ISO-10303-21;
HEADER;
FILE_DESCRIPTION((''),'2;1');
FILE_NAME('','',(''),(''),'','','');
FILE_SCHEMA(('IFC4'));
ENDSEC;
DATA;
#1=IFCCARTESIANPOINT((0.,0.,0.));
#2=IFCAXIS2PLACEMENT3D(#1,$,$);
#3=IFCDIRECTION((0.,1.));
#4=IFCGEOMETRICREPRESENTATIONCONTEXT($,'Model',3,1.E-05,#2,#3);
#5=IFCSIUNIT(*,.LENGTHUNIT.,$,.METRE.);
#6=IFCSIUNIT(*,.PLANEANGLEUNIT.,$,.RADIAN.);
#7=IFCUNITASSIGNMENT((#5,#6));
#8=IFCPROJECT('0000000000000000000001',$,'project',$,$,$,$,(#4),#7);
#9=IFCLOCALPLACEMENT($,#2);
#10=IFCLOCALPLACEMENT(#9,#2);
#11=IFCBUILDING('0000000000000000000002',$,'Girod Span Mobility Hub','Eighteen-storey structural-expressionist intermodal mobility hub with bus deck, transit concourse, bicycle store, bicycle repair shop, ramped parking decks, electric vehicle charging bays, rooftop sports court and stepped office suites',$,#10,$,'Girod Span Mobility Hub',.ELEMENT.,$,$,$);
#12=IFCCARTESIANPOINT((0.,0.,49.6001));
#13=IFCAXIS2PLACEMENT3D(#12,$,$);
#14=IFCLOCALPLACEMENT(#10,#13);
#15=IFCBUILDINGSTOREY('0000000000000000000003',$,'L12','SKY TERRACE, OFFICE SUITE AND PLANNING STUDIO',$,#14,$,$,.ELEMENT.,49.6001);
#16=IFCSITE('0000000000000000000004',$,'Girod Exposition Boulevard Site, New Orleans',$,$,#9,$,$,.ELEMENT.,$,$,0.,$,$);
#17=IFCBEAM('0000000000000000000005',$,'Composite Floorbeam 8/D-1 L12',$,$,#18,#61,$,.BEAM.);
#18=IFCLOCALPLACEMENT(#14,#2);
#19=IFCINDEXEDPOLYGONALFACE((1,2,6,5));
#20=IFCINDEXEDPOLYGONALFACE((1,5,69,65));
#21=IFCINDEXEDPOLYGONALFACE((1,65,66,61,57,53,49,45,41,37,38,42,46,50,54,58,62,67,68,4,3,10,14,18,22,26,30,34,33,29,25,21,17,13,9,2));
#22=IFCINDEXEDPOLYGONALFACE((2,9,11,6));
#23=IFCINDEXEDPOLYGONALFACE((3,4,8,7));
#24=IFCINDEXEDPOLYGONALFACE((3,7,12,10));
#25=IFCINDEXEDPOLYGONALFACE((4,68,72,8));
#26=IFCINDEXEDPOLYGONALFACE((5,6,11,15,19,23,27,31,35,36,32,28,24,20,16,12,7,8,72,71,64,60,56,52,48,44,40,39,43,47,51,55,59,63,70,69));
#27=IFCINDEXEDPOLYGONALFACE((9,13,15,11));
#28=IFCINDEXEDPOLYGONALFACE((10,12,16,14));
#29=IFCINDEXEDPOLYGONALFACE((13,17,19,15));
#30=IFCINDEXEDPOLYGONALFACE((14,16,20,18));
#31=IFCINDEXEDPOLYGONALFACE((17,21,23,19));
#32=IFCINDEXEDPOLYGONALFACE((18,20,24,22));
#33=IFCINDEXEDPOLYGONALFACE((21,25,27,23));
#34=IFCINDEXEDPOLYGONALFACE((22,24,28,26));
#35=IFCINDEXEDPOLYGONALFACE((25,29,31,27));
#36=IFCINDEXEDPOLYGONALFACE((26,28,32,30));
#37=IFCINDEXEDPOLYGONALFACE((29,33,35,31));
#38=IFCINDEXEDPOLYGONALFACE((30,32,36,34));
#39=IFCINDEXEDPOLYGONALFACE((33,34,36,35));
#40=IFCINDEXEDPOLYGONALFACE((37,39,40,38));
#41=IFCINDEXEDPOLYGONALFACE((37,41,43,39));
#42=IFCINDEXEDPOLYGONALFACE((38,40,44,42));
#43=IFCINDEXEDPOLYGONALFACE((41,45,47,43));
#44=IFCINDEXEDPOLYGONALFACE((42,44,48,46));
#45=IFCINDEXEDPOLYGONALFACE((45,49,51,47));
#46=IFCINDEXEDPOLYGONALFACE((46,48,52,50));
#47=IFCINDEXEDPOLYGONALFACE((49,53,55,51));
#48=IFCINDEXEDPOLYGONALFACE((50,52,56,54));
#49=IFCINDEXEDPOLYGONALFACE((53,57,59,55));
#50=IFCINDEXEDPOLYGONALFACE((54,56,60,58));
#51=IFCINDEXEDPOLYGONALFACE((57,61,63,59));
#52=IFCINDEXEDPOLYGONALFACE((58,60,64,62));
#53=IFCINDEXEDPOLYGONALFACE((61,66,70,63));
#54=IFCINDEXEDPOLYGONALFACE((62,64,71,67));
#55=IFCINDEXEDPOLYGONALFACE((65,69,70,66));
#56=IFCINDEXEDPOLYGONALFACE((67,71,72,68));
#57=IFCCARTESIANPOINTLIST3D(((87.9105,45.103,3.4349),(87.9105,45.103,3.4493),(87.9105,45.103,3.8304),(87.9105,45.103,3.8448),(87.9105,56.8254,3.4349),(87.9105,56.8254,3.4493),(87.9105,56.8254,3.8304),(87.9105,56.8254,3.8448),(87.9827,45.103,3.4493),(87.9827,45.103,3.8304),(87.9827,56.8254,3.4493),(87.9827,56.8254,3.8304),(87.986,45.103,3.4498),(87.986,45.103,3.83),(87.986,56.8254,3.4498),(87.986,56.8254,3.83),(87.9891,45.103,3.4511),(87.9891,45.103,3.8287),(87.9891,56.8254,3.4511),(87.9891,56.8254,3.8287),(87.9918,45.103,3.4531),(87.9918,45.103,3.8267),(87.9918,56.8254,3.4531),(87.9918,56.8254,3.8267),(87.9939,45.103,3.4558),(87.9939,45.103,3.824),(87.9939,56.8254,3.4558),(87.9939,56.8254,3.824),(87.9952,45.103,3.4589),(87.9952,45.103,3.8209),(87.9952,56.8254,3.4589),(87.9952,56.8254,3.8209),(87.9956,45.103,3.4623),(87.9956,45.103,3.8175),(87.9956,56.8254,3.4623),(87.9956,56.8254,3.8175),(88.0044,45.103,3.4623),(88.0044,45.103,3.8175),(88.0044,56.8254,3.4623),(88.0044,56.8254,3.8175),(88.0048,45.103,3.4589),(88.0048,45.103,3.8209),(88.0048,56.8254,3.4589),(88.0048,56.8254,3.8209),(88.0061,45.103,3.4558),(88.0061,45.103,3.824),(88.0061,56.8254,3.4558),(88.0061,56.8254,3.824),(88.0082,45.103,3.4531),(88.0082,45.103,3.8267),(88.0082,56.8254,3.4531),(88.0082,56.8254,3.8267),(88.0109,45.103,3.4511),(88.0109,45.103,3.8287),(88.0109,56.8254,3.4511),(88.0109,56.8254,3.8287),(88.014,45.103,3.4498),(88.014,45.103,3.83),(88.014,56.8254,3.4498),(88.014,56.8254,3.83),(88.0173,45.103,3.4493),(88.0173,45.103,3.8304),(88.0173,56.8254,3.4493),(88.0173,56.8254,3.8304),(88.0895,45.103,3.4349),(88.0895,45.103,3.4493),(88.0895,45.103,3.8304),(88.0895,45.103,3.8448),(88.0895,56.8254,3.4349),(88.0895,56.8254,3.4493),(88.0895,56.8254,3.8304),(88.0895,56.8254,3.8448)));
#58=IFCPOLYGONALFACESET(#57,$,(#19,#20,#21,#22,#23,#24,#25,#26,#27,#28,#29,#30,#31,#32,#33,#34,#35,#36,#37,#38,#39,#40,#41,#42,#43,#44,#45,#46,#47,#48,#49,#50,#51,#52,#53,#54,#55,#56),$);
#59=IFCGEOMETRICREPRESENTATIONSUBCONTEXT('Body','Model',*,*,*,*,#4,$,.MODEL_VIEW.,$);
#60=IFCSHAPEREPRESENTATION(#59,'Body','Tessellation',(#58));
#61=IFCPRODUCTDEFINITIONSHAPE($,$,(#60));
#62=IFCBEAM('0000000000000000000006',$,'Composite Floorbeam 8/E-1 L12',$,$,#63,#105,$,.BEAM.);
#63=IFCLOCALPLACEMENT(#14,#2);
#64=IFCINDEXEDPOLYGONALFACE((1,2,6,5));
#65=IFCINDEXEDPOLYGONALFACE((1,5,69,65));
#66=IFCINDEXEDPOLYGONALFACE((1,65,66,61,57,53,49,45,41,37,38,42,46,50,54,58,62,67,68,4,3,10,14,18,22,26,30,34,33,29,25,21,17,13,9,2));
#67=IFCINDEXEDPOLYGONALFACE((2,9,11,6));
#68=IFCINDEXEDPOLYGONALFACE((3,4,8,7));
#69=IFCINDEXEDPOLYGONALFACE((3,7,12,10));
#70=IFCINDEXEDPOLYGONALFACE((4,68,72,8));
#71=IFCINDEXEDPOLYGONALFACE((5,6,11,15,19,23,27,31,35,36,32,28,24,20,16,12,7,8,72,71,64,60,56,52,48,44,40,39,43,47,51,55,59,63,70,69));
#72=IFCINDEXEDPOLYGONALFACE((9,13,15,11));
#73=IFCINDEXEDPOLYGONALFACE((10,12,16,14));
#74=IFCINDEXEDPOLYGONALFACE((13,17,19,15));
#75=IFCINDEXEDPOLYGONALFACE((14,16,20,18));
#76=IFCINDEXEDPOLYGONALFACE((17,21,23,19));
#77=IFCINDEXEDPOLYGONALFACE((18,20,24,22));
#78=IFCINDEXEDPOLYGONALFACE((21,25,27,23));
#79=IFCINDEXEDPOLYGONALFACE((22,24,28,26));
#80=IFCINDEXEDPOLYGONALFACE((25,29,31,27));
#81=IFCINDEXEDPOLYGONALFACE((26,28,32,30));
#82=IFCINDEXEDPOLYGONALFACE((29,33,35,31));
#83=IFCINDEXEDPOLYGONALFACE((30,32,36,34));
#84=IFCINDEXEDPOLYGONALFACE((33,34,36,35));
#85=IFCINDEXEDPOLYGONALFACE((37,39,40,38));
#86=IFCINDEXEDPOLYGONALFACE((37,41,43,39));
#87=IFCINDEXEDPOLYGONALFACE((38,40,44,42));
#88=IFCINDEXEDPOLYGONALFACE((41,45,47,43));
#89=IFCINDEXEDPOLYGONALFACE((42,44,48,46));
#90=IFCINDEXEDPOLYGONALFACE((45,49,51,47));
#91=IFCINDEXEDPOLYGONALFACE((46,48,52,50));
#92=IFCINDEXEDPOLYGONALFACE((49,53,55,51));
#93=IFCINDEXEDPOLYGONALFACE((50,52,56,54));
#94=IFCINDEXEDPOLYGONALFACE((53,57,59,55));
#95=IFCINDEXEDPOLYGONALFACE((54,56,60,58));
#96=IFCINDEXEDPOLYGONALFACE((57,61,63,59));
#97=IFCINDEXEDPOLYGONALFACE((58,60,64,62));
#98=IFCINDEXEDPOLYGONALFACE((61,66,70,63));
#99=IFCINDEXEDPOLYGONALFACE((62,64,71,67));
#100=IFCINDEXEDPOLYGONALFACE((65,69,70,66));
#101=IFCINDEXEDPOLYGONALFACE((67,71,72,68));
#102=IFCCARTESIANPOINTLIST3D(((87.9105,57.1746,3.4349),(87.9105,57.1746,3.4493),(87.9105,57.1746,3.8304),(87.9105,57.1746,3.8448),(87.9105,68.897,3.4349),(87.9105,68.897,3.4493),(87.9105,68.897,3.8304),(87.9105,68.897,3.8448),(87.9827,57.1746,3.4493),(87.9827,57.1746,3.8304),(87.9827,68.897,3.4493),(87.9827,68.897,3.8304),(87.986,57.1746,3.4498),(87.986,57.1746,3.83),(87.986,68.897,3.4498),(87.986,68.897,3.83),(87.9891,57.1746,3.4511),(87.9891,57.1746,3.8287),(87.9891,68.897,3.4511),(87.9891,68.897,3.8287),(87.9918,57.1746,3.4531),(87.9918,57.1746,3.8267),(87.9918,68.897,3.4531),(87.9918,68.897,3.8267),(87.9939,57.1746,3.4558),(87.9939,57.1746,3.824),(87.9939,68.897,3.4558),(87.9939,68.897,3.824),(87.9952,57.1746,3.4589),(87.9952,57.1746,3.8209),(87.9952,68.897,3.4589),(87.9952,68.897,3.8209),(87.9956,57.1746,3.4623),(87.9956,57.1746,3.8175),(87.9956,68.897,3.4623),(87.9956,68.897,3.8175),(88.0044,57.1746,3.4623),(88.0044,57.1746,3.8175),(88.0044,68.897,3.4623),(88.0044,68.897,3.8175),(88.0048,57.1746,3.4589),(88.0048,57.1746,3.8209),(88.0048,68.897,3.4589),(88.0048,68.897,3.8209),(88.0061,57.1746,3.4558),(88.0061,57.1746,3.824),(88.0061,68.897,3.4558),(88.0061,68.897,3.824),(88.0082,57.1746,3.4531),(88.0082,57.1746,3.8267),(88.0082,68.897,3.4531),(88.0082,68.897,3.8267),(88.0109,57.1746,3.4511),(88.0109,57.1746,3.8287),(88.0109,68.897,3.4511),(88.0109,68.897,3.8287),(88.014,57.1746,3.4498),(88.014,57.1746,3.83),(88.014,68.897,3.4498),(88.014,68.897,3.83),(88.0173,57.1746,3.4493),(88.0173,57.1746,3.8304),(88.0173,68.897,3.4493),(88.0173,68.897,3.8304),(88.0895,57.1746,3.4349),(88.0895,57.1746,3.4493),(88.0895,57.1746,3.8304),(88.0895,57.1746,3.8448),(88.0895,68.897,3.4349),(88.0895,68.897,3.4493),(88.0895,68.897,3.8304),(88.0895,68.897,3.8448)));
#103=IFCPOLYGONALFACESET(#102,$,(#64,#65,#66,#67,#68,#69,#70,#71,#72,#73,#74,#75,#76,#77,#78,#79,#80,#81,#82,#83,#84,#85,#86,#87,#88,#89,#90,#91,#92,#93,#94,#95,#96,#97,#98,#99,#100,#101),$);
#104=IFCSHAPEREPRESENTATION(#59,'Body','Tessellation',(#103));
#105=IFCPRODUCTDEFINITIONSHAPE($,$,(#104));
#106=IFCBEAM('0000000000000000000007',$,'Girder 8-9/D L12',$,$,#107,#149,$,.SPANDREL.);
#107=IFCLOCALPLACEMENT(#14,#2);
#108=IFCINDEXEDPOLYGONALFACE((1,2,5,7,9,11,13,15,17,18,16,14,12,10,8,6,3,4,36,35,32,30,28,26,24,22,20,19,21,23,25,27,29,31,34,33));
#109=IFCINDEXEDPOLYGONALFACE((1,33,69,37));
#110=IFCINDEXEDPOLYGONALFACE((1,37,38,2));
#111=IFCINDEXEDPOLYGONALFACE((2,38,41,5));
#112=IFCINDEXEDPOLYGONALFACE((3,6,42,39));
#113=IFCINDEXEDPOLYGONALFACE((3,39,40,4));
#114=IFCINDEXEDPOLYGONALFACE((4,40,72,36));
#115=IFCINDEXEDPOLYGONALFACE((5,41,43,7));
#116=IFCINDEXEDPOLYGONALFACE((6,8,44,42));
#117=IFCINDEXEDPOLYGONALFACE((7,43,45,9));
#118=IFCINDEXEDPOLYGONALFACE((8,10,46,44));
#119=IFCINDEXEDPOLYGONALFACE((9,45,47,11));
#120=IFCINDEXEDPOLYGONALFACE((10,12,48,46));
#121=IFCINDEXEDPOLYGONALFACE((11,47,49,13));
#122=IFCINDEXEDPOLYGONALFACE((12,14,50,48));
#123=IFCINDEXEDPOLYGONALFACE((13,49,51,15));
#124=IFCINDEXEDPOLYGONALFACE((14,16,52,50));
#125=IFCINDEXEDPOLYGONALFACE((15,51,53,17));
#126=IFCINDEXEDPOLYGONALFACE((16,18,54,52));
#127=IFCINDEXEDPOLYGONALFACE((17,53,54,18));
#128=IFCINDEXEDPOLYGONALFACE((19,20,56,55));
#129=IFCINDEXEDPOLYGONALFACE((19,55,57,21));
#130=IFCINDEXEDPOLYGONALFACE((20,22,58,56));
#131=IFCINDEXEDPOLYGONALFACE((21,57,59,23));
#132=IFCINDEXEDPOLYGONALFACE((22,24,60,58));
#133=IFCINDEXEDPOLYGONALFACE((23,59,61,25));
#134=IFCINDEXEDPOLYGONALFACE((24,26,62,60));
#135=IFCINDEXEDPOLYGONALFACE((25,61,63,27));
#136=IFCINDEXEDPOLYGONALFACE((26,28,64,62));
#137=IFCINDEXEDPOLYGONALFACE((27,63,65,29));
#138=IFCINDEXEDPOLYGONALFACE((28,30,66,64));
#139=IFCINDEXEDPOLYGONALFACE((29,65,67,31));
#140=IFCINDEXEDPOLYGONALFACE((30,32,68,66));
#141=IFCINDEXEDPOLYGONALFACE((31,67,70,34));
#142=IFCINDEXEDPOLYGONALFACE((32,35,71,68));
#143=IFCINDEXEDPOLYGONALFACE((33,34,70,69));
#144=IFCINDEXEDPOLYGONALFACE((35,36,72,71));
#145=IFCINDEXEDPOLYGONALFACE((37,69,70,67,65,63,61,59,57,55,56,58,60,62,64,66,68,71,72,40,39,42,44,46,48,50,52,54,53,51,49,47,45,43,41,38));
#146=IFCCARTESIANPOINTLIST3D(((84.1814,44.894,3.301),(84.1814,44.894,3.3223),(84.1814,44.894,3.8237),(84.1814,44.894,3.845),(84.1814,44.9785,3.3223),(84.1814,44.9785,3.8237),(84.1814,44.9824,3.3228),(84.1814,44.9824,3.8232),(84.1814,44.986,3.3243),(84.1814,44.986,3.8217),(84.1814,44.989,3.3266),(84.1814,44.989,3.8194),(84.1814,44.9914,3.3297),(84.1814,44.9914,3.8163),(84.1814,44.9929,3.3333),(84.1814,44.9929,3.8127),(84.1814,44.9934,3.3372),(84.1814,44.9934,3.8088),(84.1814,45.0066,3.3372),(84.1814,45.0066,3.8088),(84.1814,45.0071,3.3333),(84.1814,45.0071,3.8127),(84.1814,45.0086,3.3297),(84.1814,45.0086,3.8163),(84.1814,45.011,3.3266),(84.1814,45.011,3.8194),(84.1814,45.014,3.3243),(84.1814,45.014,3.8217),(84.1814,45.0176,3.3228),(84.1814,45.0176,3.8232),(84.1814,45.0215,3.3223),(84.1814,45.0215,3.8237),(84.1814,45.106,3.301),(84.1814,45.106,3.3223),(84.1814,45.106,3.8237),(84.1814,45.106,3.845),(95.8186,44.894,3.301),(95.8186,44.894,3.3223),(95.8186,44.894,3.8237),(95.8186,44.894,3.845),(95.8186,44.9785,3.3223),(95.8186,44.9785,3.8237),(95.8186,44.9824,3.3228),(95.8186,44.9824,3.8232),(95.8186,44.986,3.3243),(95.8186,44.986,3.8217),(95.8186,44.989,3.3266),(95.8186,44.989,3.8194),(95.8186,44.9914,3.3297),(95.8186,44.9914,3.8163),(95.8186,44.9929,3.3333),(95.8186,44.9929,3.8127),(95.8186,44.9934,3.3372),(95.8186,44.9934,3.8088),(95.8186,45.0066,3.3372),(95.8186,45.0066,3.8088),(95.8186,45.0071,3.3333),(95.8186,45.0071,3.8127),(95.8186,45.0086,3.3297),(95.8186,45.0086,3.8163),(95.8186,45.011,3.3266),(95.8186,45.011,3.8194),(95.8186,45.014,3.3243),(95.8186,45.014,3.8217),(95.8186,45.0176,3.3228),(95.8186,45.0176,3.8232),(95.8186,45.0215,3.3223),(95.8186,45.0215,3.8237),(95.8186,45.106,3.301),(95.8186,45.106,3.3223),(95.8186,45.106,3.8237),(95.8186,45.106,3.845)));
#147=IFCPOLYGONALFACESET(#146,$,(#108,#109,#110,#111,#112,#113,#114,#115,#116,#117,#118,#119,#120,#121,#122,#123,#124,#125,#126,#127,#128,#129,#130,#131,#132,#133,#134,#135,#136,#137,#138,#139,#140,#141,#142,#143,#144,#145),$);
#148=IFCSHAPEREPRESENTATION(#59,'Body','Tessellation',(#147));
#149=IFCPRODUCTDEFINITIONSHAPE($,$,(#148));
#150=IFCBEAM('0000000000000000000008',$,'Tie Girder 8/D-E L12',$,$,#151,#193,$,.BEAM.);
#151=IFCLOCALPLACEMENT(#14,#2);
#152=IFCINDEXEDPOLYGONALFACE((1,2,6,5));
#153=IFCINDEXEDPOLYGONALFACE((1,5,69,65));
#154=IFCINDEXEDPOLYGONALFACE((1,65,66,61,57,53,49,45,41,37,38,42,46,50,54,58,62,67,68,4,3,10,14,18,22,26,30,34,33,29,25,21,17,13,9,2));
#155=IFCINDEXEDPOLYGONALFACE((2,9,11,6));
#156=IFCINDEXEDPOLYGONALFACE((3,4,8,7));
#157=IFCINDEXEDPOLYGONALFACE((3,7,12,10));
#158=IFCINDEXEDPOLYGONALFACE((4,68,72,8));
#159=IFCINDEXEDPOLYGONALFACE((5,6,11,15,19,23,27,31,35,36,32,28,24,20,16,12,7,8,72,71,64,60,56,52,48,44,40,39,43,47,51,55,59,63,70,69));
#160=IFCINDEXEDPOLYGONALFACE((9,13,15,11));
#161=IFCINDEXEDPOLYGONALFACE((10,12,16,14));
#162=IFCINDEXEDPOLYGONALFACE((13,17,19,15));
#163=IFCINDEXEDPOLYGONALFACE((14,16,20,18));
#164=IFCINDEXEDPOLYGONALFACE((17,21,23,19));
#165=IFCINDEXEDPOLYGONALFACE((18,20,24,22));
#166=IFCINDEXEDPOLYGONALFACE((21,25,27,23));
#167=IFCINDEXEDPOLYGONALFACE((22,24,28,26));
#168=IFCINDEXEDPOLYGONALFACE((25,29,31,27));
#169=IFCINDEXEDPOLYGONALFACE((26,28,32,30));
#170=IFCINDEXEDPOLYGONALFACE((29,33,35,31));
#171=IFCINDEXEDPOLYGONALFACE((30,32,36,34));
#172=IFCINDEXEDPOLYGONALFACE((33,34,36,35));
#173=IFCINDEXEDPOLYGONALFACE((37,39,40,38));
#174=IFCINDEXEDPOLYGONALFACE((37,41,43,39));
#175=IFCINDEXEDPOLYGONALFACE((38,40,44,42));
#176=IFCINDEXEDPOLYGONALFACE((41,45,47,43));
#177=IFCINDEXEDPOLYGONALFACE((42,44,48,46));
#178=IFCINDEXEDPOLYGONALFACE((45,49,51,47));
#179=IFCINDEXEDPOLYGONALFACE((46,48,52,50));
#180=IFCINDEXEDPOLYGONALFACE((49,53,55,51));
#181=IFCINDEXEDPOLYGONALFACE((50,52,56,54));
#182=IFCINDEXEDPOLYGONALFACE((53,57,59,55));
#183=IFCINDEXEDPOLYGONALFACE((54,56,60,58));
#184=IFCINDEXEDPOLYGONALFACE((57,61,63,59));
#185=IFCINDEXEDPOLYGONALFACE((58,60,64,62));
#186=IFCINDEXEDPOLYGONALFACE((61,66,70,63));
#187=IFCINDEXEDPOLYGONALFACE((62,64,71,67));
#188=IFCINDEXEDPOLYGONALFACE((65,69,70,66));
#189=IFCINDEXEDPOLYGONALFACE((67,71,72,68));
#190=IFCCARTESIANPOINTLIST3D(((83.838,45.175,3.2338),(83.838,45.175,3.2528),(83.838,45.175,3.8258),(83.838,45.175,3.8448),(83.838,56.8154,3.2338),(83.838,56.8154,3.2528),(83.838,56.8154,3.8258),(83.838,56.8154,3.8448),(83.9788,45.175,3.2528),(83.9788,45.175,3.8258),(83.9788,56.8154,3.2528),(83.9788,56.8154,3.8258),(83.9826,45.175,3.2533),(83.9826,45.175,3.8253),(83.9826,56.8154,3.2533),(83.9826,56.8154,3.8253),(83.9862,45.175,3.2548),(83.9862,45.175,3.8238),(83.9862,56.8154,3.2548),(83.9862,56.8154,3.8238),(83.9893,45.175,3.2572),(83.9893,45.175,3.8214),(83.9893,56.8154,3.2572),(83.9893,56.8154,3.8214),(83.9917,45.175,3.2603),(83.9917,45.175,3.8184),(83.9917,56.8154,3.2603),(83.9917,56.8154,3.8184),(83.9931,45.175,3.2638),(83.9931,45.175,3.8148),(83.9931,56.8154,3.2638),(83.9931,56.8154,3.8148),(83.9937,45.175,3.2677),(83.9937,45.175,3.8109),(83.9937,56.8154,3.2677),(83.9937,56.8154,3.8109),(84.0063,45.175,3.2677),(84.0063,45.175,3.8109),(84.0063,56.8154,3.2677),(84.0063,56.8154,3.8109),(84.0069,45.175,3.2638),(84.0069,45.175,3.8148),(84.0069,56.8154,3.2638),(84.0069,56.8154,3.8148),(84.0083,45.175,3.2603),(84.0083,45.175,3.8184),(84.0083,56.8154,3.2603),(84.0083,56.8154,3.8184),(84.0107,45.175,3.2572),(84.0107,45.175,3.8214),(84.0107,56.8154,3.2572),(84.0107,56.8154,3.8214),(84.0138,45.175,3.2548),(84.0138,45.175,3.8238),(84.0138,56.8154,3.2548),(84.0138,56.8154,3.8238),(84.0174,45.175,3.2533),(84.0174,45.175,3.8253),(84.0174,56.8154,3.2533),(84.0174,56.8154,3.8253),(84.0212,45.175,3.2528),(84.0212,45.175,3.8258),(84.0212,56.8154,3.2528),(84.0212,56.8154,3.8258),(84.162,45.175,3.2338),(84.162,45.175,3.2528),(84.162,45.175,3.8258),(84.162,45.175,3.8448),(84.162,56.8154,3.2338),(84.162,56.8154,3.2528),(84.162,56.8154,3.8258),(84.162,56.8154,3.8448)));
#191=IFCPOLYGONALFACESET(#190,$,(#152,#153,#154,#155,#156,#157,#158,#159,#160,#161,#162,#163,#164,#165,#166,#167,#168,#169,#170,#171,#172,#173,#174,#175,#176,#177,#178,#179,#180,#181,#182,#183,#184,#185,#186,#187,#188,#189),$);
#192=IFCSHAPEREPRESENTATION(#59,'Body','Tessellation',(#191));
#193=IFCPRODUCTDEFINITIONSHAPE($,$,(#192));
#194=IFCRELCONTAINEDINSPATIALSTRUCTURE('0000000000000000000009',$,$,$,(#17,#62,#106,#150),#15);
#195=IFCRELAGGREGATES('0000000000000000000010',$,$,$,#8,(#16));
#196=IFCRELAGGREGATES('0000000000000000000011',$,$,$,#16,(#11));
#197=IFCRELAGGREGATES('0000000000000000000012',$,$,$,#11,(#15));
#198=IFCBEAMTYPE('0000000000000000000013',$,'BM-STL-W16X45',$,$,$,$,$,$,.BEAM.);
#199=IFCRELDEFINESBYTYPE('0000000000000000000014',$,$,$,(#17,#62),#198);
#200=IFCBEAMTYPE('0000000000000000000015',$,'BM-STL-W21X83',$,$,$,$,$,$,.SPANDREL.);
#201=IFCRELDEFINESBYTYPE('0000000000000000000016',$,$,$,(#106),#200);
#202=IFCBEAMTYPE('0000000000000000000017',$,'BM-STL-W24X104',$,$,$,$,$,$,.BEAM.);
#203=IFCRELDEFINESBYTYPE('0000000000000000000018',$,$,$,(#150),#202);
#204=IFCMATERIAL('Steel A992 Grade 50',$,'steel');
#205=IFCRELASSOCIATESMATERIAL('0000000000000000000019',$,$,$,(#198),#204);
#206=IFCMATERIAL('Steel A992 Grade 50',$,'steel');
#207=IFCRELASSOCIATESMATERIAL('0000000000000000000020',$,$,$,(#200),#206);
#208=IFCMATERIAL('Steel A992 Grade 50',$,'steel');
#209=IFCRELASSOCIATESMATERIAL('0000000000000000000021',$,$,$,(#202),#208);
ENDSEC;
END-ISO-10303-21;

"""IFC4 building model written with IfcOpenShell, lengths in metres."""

from ifc_helpers import new_model, si_unit, direction, frame, origin, origin_2d, place, context, subcontext, project, spatial, i_section, extrude, material, material_profile, profile_set, type_object, element, save


model = new_model("IFC4")

# Units and contexts
model_context = context("Model", 3, precision=1e-05, world=origin(), true_north=direction((0.0, 1.0)))
body_context = subcontext(model_context, "Body", "Model", "MODEL_VIEW")
ifc_project = project(units=[si_unit("LENGTHUNIT", "METRE"), si_unit("PLANEANGLEUNIT", "RADIAN")], contexts=[model_context])

# Site, building, storey
site_placement = place(None, origin())
site = spatial("IfcSite", under=ifc_project, at=site_placement, Name="Girod Exposition Boulevard Site, New Orleans", CompositionType="ELEMENT", RefElevation=0.0)
building_placement = place(site_placement, origin())
building = spatial("IfcBuilding", under=site, at=building_placement, Name="Girod Span Mobility Hub", Description="Eighteen-storey structural-expressionist intermodal mobility hub with bus deck, transit concourse, bicycle store, bicycle repair shop, ramped parking decks, electric vehicle charging bays, rooftop sports court and stepped office suites", LongName="Girod Span Mobility Hub", CompositionType="ELEMENT")
storey_placement = place(building_placement, frame((0.0, 0.0, 49.6001)))
storey = spatial("IfcBuildingStorey", under=building, at=storey_placement, Name="L12", Description="SKY TERRACE, OFFICE SUITE AND PLANNING STUDIO", CompositionType="ELEMENT", Elevation=49.6001)

# Beams
ifc_material_1 = material(Name="Steel A992 Grade 50", Category="steel")
ifc_material_profile_1 = material_profile(ifc_material_1, i_section(OverallWidth=0.179, OverallDepth=0.4099, WebThickness=0.0088, FlangeThickness=0.0144, FilletRadius=0.0129, at=origin_2d()), Name="W16X45")
ifc_profile_set_1 = profile_set([ifc_material_profile_1], Name="Steel A992 Grade 50")
beam_type_1 = type_object("IfcBeamType", Name="BM-STL-W16X45", PredefinedType="BEAM", material=ifc_profile_set_1)
for number, where, z_axis, x_axis, name in (
    (1, (88.0, 45.103, 3.6399), (0.0, 1.0, 0.0), (-1.0, 0.0, 0.0), "Composite Floorbeam 8/D-1 L12"),
    (2, (88.0, 57.1746, 3.6399), (0.0, 1.0, 0.0), (-1.0, 0.0, 0.0), "Composite Floorbeam 8/E-1 L12"),
):
    element("IfcBeam", number, at=place(storey_placement, frame(where, z_axis=z_axis, x_axis=x_axis)), inside=storey, type_object=beam_type_1, Name=name, PredefinedType="BEAM", context=body_context, shape_type="SweptSolid", body=[
        extrude(i_section(OverallWidth=0.179, OverallDepth=0.4099, WebThickness=0.0088, FlangeThickness=0.0144, FilletRadius=0.0129, at=origin_2d()), origin(), (0.0, 0.0, 1.0), 11.7224),
    ])
ifc_material_2 = material(Name="Steel A992 Grade 50", Category="steel")
ifc_material_profile_2 = material_profile(ifc_material_2, i_section(OverallWidth=0.2119, OverallDepth=0.5439, WebThickness=0.0132, FlangeThickness=0.0212, FilletRadius=0.0149, at=origin_2d()), Name="W21X83")
ifc_profile_set_2 = profile_set([ifc_material_profile_2], Name="Steel A992 Grade 50")
beam_type_2 = type_object("IfcBeamType", Name="BM-STL-W21X83", PredefinedType="SPANDREL", material=ifc_profile_set_2)
beam_1_placement = place(storey_placement, frame((84.1814, 45.0, 3.573), z_axis=(1.0, 0.0, 0.0), x_axis=(0.0, 1.0, 0.0)))
element("IfcBeam", 3, at=beam_1_placement, inside=storey, type_object=beam_type_2, Name="Girder 8-9/D L12", PredefinedType="SPANDREL", context=body_context, shape_type="SweptSolid", body=[
    extrude(i_section(OverallWidth=0.2119, OverallDepth=0.5439, WebThickness=0.0132, FlangeThickness=0.0212, FilletRadius=0.0149, at=origin_2d()), origin(), (0.0, 0.0, 1.0), 11.6372),
])
ifc_material_3 = material(Name="Steel A992 Grade 50", Category="steel")
ifc_material_profile_3 = material_profile(ifc_material_3, i_section(OverallWidth=0.324, OverallDepth=0.6111, WebThickness=0.0127, FlangeThickness=0.019, FilletRadius=0.0149, at=origin_2d()), Name="W24X104")
ifc_profile_set_3 = profile_set([ifc_material_profile_3], Name="Steel A992 Grade 50")
beam_type_3 = type_object("IfcBeamType", Name="BM-STL-W24X104", PredefinedType="BEAM", material=ifc_profile_set_3)
for number, where, z_axis, x_axis, name in (
    (4, (84.0, 45.175, 3.5393), (0.0, 1.0, 0.0), (-1.0, 0.0, 0.0), "Tie Girder 8/D-E L12"),
):
    element("IfcBeam", number, at=place(storey_placement, frame(where, z_axis=z_axis, x_axis=x_axis)), inside=storey, type_object=beam_type_3, Name=name, PredefinedType="BEAM", context=body_context, shape_type="SweptSolid", body=[
        extrude(i_section(OverallWidth=0.324, OverallDepth=0.6111, WebThickness=0.0127, FlangeThickness=0.019, FilletRadius=0.0149, at=origin_2d()), origin(), (0.0, 0.0, 1.0), 11.6404),
    ])

save(model, "model.ifc")
